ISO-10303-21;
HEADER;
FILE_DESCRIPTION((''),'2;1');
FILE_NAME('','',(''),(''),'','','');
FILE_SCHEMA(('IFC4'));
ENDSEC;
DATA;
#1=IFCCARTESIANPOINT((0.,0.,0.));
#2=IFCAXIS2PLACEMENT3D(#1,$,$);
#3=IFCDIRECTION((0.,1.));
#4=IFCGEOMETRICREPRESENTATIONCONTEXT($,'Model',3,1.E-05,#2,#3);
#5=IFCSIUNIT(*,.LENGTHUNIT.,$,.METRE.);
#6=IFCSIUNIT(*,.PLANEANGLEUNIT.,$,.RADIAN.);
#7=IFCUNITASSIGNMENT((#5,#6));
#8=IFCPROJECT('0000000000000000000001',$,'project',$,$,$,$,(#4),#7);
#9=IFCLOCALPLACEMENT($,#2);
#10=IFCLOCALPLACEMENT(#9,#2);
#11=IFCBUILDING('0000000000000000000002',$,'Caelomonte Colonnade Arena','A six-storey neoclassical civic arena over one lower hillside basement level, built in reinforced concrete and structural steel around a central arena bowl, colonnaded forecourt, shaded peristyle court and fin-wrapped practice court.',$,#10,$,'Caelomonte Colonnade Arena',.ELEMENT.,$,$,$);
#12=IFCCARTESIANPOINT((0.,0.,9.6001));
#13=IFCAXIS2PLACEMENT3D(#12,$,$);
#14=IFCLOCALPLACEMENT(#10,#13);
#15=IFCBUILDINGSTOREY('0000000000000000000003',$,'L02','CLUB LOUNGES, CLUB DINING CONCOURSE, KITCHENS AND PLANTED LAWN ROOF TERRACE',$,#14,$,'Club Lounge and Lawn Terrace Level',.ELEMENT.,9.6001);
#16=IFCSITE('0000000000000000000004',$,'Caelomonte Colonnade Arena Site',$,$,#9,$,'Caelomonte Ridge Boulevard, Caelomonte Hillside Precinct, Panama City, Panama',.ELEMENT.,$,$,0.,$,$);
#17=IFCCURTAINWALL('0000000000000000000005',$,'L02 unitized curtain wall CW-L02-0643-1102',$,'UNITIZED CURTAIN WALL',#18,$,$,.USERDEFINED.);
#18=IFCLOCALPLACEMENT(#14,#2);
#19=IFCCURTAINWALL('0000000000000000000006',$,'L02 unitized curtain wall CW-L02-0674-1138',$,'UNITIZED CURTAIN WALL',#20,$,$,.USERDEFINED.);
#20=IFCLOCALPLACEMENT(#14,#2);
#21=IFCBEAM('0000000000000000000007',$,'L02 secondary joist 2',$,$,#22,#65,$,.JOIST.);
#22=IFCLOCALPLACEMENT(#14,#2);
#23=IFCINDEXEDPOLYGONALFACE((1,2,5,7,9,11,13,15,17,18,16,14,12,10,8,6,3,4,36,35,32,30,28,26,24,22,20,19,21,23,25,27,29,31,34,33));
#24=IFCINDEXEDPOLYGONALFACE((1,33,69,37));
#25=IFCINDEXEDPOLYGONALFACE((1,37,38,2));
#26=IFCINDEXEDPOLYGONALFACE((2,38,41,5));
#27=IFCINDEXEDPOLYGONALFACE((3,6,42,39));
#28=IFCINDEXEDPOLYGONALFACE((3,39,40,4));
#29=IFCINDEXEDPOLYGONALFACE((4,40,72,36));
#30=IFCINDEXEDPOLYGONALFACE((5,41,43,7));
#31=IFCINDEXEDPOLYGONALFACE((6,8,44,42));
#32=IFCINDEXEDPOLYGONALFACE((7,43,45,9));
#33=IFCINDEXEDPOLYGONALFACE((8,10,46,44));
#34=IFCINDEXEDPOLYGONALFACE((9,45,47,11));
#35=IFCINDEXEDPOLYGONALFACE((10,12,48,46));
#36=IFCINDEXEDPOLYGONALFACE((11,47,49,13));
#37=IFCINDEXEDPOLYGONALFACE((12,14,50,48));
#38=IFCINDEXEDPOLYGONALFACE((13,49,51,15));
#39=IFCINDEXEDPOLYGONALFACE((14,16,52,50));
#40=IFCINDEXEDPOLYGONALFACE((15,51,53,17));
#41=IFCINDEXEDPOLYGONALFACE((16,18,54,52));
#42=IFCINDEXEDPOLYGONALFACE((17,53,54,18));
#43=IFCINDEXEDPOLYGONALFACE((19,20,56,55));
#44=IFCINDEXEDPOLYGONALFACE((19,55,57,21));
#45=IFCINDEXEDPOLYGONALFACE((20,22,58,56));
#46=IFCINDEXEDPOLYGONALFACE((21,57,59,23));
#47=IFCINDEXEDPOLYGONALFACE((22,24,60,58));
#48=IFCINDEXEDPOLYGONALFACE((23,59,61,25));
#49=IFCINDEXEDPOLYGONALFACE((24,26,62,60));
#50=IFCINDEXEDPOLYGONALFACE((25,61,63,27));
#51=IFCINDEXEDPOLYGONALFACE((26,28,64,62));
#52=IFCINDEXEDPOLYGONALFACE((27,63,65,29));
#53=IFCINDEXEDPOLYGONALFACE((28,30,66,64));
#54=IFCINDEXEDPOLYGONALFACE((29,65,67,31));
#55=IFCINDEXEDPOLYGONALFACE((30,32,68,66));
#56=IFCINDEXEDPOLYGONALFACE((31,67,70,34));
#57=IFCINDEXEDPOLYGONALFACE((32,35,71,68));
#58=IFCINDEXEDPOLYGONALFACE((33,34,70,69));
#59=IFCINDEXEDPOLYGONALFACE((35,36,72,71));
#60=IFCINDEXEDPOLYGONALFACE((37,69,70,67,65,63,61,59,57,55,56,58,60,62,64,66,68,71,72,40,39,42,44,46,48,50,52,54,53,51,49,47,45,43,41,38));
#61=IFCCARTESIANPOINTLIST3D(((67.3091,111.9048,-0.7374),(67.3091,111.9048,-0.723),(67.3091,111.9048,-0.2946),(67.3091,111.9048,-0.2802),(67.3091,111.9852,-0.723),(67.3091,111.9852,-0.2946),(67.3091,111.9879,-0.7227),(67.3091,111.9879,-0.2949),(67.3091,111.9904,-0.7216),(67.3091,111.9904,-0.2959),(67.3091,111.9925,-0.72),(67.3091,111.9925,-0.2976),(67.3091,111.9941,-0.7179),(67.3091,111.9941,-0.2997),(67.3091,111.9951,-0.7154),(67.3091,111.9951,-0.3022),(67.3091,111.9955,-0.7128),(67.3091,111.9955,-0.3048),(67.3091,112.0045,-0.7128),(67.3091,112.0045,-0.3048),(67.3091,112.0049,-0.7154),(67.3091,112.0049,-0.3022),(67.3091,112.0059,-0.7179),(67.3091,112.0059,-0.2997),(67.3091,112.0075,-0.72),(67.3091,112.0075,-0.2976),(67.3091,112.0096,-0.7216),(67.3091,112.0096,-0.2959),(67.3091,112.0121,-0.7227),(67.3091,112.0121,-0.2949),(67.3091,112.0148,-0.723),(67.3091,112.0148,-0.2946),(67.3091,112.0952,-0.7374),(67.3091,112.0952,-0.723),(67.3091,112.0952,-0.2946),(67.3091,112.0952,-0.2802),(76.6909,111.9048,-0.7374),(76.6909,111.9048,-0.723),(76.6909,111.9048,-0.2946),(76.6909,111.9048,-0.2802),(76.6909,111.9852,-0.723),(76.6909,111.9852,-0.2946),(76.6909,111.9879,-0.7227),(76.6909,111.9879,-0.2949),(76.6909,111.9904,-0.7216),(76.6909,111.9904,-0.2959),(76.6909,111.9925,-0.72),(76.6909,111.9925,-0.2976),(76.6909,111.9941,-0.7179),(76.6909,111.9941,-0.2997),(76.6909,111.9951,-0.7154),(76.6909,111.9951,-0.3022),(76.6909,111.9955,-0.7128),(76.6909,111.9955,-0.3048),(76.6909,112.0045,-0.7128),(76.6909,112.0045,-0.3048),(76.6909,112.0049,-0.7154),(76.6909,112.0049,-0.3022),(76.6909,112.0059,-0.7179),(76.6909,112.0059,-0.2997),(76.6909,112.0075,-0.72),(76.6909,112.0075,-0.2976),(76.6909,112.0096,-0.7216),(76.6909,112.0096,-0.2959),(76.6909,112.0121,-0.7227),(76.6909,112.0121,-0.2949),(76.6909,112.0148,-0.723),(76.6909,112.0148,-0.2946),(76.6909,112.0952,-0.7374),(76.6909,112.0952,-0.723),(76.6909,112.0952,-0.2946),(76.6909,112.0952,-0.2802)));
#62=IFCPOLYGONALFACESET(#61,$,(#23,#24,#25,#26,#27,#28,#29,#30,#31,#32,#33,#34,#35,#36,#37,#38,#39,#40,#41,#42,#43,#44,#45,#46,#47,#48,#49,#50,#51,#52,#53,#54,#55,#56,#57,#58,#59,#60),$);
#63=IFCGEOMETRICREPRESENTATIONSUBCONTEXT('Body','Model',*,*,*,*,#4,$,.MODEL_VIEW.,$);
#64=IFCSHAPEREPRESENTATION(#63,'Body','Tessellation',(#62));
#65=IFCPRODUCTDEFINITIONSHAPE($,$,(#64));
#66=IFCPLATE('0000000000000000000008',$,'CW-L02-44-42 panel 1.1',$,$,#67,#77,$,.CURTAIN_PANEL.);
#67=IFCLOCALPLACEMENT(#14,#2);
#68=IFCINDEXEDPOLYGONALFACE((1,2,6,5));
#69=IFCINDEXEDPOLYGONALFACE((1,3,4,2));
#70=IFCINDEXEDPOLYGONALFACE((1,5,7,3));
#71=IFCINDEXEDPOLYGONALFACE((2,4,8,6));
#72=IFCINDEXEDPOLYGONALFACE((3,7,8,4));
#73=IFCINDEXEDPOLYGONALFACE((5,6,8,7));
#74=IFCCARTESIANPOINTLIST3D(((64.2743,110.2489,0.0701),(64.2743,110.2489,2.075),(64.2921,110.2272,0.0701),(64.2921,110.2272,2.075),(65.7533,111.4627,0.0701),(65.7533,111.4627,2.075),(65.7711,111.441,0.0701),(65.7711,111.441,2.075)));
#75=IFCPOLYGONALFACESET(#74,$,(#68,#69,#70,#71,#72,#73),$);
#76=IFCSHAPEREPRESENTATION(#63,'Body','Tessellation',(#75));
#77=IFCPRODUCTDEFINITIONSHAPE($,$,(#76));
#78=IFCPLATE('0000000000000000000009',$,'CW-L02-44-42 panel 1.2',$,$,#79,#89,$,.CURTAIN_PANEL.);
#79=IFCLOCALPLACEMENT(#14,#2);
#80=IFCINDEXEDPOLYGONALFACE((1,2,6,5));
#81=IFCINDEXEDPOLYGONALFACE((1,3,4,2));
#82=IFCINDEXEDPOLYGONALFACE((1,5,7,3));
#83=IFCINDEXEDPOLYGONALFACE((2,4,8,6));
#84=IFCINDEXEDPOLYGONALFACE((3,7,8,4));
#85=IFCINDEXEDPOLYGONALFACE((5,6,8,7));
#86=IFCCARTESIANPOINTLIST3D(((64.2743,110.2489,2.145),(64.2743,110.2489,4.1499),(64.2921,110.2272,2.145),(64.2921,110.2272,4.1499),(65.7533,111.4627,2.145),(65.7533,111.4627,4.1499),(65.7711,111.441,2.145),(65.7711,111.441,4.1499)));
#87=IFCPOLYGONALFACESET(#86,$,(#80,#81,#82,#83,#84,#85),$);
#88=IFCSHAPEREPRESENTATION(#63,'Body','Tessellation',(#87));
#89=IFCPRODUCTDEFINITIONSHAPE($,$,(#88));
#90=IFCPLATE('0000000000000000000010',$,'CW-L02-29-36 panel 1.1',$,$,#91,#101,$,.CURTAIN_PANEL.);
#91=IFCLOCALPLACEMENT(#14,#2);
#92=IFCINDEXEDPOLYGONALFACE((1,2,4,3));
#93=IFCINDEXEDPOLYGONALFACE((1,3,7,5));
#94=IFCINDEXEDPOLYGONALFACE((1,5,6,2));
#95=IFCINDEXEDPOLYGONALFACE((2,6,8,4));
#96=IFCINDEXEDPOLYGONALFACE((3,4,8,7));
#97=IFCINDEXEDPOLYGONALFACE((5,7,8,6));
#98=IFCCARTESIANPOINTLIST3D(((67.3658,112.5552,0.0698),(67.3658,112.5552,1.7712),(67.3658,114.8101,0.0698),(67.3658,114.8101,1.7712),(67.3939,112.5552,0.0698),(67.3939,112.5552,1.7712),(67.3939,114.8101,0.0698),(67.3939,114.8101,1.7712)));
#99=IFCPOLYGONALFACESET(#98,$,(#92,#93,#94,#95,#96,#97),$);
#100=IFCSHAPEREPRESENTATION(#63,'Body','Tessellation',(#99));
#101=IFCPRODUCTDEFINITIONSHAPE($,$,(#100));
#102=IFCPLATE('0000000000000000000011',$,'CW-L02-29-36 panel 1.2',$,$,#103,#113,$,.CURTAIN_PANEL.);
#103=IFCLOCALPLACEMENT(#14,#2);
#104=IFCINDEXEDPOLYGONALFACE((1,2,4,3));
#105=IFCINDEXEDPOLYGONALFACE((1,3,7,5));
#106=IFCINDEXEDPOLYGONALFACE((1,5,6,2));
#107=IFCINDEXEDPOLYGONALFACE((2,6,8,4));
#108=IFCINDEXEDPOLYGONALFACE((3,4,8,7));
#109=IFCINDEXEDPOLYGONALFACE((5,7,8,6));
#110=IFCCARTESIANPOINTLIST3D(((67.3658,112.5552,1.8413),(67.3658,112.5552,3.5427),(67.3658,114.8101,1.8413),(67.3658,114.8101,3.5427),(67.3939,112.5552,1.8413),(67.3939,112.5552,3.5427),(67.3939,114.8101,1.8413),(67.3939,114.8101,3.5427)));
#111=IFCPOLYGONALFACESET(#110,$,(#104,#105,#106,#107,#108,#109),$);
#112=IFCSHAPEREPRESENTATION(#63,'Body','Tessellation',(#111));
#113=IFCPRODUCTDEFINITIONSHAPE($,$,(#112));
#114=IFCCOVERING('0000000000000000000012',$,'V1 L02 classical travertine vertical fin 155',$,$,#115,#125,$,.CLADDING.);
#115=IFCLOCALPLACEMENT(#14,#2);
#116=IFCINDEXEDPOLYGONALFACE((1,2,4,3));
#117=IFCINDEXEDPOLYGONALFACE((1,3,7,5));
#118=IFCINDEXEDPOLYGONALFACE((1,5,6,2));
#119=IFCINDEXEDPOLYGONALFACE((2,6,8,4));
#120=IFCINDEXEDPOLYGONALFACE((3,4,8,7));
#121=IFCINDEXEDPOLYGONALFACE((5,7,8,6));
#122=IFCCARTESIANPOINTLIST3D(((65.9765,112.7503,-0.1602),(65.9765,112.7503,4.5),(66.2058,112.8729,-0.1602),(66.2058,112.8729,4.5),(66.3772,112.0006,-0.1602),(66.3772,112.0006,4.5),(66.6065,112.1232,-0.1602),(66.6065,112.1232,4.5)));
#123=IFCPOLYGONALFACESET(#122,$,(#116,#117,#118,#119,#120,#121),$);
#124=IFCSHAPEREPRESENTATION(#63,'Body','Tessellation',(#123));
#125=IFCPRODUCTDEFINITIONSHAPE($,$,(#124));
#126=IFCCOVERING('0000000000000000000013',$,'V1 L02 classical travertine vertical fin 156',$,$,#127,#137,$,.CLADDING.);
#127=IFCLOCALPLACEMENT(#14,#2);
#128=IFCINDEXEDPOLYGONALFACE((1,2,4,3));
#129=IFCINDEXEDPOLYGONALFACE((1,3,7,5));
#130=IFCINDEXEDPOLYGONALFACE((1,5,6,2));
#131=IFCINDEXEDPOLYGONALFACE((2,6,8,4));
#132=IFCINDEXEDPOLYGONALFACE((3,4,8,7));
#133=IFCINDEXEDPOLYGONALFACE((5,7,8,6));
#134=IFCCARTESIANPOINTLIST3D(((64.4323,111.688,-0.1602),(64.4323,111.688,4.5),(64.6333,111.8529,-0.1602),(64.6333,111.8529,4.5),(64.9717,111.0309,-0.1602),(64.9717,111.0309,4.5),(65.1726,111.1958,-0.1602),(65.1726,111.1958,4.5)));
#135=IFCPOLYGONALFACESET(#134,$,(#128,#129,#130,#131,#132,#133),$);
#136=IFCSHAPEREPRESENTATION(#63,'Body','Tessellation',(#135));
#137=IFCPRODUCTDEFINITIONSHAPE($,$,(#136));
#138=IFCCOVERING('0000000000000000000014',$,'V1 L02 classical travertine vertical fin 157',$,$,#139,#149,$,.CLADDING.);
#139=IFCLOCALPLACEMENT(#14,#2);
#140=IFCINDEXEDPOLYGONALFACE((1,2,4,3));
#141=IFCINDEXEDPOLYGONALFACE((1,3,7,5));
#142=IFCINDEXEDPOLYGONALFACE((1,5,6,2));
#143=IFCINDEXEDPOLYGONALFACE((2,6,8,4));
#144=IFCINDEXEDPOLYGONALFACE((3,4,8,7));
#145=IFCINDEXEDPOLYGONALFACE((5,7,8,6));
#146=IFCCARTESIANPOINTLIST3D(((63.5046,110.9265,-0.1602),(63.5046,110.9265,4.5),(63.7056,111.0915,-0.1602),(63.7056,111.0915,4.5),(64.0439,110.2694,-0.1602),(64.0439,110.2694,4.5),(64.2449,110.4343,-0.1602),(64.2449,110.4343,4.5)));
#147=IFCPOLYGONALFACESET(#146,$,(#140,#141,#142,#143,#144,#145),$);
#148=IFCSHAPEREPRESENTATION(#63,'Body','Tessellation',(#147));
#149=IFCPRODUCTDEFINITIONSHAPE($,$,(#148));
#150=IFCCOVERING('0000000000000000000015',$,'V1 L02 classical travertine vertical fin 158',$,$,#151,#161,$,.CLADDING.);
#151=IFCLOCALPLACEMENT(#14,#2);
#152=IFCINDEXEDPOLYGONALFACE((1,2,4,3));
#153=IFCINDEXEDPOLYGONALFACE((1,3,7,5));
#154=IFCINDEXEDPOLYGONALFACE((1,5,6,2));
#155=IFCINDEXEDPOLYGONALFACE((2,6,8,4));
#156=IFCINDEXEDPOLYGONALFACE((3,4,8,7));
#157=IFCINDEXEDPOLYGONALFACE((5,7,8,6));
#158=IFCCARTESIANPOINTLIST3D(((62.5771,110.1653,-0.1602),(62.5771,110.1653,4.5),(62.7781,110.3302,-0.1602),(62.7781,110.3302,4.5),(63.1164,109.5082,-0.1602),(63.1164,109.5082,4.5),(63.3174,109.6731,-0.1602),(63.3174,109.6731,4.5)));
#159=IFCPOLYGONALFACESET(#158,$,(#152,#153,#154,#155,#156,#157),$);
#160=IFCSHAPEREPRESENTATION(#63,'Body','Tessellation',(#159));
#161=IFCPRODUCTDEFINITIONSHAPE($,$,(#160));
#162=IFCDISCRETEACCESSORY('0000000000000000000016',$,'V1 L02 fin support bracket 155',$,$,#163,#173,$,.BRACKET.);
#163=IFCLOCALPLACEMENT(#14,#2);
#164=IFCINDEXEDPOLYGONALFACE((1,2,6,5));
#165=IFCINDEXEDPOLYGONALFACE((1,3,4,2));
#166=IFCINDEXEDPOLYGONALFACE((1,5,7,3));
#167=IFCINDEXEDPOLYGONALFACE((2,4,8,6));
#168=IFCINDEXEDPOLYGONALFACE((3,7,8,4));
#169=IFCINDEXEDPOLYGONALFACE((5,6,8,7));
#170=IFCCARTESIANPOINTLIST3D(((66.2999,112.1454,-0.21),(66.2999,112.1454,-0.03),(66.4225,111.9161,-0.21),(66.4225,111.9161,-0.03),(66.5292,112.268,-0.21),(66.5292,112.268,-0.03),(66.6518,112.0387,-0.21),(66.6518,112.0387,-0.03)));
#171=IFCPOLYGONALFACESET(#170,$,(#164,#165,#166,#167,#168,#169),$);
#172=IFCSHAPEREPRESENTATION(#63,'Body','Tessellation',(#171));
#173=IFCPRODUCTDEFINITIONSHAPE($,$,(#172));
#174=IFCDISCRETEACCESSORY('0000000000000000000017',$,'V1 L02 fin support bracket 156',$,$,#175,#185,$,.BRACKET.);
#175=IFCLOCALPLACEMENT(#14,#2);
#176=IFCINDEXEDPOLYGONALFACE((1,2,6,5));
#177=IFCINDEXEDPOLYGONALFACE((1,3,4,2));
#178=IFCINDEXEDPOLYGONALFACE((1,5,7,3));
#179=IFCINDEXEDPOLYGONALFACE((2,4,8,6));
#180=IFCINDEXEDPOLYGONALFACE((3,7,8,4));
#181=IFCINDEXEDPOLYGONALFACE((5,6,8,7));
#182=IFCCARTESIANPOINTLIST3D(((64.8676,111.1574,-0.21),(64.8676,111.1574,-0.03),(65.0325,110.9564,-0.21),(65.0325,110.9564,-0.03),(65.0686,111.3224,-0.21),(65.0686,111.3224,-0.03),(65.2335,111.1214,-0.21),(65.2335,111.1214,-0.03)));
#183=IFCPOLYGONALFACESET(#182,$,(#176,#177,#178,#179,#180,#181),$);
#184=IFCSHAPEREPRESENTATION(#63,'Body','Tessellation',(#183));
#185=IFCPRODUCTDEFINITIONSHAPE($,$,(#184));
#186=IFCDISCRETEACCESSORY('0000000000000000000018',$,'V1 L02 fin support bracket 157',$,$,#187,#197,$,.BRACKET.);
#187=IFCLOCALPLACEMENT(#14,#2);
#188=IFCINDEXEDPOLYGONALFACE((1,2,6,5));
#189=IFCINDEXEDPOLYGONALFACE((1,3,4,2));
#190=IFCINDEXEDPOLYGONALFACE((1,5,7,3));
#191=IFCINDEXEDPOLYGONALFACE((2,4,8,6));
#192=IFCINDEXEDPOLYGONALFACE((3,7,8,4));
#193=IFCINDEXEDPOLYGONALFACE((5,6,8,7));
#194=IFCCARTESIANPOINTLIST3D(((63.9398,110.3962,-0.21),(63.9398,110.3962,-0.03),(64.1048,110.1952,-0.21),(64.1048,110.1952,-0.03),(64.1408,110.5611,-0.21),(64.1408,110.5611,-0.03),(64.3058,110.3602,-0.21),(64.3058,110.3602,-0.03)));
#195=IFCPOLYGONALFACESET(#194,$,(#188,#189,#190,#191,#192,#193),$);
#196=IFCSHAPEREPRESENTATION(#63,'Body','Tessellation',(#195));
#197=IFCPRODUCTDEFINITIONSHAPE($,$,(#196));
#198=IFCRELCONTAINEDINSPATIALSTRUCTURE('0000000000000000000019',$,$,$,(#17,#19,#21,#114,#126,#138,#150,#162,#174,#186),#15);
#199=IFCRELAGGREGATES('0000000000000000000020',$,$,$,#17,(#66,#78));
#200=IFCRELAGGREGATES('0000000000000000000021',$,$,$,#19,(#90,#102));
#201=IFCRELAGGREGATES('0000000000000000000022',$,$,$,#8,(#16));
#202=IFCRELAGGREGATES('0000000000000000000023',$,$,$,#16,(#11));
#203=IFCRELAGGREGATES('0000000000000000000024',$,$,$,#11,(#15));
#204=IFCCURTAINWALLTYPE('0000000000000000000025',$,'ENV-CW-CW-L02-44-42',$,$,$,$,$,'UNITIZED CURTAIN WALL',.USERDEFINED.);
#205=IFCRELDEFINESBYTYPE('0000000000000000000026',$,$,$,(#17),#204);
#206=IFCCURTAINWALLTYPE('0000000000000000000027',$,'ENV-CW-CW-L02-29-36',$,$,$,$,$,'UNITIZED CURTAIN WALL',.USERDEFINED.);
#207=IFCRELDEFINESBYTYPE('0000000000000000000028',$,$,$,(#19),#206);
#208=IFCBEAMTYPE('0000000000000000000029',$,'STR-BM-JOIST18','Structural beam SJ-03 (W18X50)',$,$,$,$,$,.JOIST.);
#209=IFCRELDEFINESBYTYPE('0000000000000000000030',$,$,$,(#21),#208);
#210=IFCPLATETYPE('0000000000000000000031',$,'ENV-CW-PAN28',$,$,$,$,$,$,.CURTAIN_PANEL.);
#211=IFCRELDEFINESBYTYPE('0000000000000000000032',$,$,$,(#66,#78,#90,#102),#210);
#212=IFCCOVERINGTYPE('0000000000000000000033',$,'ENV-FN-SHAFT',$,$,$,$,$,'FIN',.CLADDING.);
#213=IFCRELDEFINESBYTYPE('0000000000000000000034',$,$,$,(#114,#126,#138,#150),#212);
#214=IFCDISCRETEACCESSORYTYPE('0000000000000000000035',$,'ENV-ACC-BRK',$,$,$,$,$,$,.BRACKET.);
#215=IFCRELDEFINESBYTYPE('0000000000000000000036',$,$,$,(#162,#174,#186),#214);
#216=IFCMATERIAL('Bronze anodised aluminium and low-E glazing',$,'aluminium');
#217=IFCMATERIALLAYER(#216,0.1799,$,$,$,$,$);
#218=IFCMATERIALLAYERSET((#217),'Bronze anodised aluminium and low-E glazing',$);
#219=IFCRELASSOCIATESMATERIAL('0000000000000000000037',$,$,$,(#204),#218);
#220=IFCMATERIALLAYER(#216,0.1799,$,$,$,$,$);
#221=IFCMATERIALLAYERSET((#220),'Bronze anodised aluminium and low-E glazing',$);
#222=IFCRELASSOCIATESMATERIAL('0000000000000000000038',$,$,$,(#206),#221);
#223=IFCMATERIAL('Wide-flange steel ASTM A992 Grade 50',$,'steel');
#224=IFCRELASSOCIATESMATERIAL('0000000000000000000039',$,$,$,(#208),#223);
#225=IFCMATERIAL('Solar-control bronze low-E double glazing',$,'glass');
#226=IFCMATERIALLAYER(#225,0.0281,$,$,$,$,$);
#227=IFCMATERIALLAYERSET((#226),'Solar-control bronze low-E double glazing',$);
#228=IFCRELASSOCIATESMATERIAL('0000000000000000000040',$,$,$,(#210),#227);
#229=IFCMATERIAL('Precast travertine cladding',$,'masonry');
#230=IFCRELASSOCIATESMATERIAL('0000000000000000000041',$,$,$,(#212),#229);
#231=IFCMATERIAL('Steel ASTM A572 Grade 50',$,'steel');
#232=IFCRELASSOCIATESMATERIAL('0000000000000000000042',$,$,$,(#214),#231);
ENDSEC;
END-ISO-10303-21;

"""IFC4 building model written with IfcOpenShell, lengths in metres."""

from ifc_helpers import new_model, si_unit, direction, frame, origin, origin_2d, place, context, subcontext, project, spatial, rectangle, i_section, extrude, material, layer, layer_set, material_profile, profile_set, type_object, element, aggregate, save


model = new_model("IFC4")

# Units and contexts
model_context = context("Model", 3, precision=1e-05, world=origin(), true_north=direction((0.0, 1.0)))
body_context = subcontext(model_context, "Body", "Model", "MODEL_VIEW")
ifc_project = project(units=[si_unit("LENGTHUNIT", "METRE"), si_unit("PLANEANGLEUNIT", "RADIAN")], contexts=[model_context])

# Site, building, storey
site_placement = place(None, origin())
site = spatial("IfcSite", under=ifc_project, at=site_placement, Name="Caelomonte Colonnade Arena Site", LongName="Caelomonte Ridge Boulevard, Caelomonte Hillside Precinct, Panama City, Panama", CompositionType="ELEMENT", RefElevation=0.0)
building_placement = place(site_placement, origin())
building = spatial("IfcBuilding", under=site, at=building_placement, Name="Caelomonte Colonnade Arena", Description="A six-storey neoclassical civic arena over one lower hillside basement level, built in reinforced concrete and structural steel around a central arena bowl, colonnaded forecourt, shaded peristyle court and fin-wrapped practice court.", LongName="Caelomonte Colonnade Arena", CompositionType="ELEMENT")
storey_placement = place(building_placement, frame((0.0, 0.0, 9.6001)))
storey = spatial("IfcBuildingStorey", under=building, at=storey_placement, Name="L02", Description="CLUB LOUNGES, CLUB DINING CONCOURSE, KITCHENS AND PLANTED LAWN ROOF TERRACE", LongName="Club Lounge and Lawn Terrace Level", CompositionType="ELEMENT", Elevation=9.6001)

# Curtain wall
ifc_material_1 = material(Name="Bronze anodised aluminium and low-E glazing", Category="aluminium")
ifc_layer_1 = layer(ifc_material_1, 0.1799)
ifc_layer_set_1 = layer_set([ifc_layer_1], Name="Bronze anodised aluminium and low-E glazing")
curtain_wall_type_1 = type_object("IfcCurtainWallType", Name="ENV-CW-CW-L02-44-42", ElementType="UNITIZED CURTAIN WALL", PredefinedType="USERDEFINED", material=ifc_layer_set_1)
curtain_wall_1_placement = place(storey_placement, origin())
curtain_wall_1 = element("IfcCurtainWall", 1, at=curtain_wall_1_placement, inside=storey, type_object=curtain_wall_type_1, Name="L02 unitized curtain wall CW-L02-0643-1102", ObjectType="UNITIZED CURTAIN WALL", PredefinedType="USERDEFINED")

# Curtain wall
ifc_layer_2 = layer(ifc_material_1, 0.1799)
ifc_layer_set_2 = layer_set([ifc_layer_2], Name="Bronze anodised aluminium and low-E glazing")
curtain_wall_type_2 = type_object("IfcCurtainWallType", Name="ENV-CW-CW-L02-29-36", ElementType="UNITIZED CURTAIN WALL", PredefinedType="USERDEFINED", material=ifc_layer_set_2)
curtain_wall_2_placement = place(storey_placement, origin())
curtain_wall_2 = element("IfcCurtainWall", 2, at=curtain_wall_2_placement, inside=storey, type_object=curtain_wall_type_2, Name="L02 unitized curtain wall CW-L02-0674-1138", ObjectType="UNITIZED CURTAIN WALL", PredefinedType="USERDEFINED")

# Beam
ifc_material_2 = material(Name="Wide-flange steel ASTM A992 Grade 50", Category="steel")
ifc_material_profile_1 = material_profile(ifc_material_2, i_section(OverallWidth=0.1904, OverallDepth=0.4573, WebThickness=0.009, FlangeThickness=0.0144, FilletRadius=0.0103, at=origin_2d()), Name="W18X50")
ifc_profile_set_1 = profile_set([ifc_material_profile_1], Name="Wide-flange steel ASTM A992 Grade 50")
beam_type = type_object("IfcBeamType", Name="STR-BM-JOIST18", Description="Structural beam SJ-03 (W18X50)", PredefinedType="JOIST", material=ifc_profile_set_1)
beam_placement = place(storey_placement, frame((67.3091, 112.0, -0.5088), z_axis=(1.0, 0.0, 0.0), x_axis=(0.0, 1.0, 0.0)))
element("IfcBeam", 3, at=beam_placement, inside=storey, type_object=beam_type, Name="L02 secondary joist 2", PredefinedType="JOIST", context=body_context, shape_type="SweptSolid", body=[
    extrude(i_section(OverallWidth=0.1904, OverallDepth=0.4573, WebThickness=0.009, FlangeThickness=0.0144, FilletRadius=0.0103, at=origin_2d()), origin(), (0.0, 0.0, 1.0), 9.3818),
])

# Plates
ifc_material_3 = material(Name="Solar-control bronze low-E double glazing", Category="glass")
ifc_layer_3 = layer(ifc_material_3, 0.0281)
ifc_layer_set_3 = layer_set([ifc_layer_3], Name="Solar-control bronze low-E double glazing")
plate_type = type_object("IfcPlateType", Name="ENV-CW-PAN28", PredefinedType="CURTAIN_PANEL", material=ifc_layer_set_3)
plate_1_placement = place(storey_placement, frame((65.0227, 110.845, 0.0701), z_axis=(0.0, 0.0, 1.0), x_axis=(-0.772992, -0.634416, 0.0)))
plate_1 = element("IfcPlate", 4, at=plate_1_placement, type_object=plate_type, Name="CW-L02-44-42 panel 1.1", PredefinedType="CURTAIN_PANEL", context=body_context, shape_type="SweptSolid", body=[
    extrude(rectangle(XDim=1.9133, YDim=0.0281, at=origin_2d()), origin(), (0.0, 0.0, 1.0), 2.0049),
])
plate_2_placement = place(storey_placement, frame((65.0227, 110.845, 2.145), z_axis=(0.0, 0.0, 1.0), x_axis=(-0.772992, -0.634416, 0.0)))
plate_2 = element("IfcPlate", 5, at=plate_2_placement, type_object=plate_type, Name="CW-L02-44-42 panel 1.2", PredefinedType="CURTAIN_PANEL", context=body_context, shape_type="SweptSolid", body=[
    extrude(rectangle(XDim=1.9133, YDim=0.0281, at=origin_2d()), origin(), (0.0, 0.0, 1.0), 2.0049),
])
aggregate(curtain_wall_1, [plate_1, plate_2])
plate_3_placement = place(storey_placement, frame((67.3799, 113.6826, 0.0698), z_axis=(0.0, 0.0, 1.0), x_axis=(0.0, -1.0, 0.0)))
plate_3 = element("IfcPlate", 6, at=plate_3_placement, type_object=plate_type, Name="CW-L02-29-36 panel 1.1", PredefinedType="CURTAIN_PANEL", context=body_context, shape_type="SweptSolid", body=[
    extrude(rectangle(XDim=2.2549, YDim=0.0281, at=origin_2d()), origin(), (0.0, 0.0, 1.0), 1.7014),
])
plate_4_placement = place(storey_placement, frame((67.3799, 113.6826, 1.8413), z_axis=(0.0, 0.0, 1.0), x_axis=(0.0, -1.0, 0.0)))
plate_4 = element("IfcPlate", 7, at=plate_4_placement, type_object=plate_type, Name="CW-L02-29-36 panel 1.2", PredefinedType="CURTAIN_PANEL", context=body_context, shape_type="SweptSolid", body=[
    extrude(rectangle(XDim=2.2549, YDim=0.0281, at=origin_2d()), origin(), (0.0, 0.0, 1.0), 1.7014),
])
aggregate(curtain_wall_2, [plate_3, plate_4])

# Coverings
ifc_material_4 = material(Name="Precast travertine cladding", Category="masonry")
ifc_material_profile_2 = material_profile(ifc_material_4, rectangle(XDim=0.26, YDim=0.8501, at=origin_2d()), Name="FIN260X850")
ifc_profile_set_2 = profile_set([ifc_material_profile_2], Name="Precast travertine cladding")
covering_type = type_object("IfcCoveringType", Name="ENV-FN-SHAFT", ElementType="FIN", PredefinedType="CLADDING", material=ifc_profile_set_2)
for number, where, z_axis, x_axis, name in (
    (8, (66.2915, 112.4368, -0.1602), (0.0, 0.0, 1.0), (0.881921, 0.471397, 0.0), "V1 L02 classical travertine vertical fin 155"),
    (9, (64.8025, 111.4419, -0.1602), (0.0, 0.0, 1.0), (0.772994, 0.634414, 0.0), "V1 L02 classical travertine vertical fin 156"),
    (10, (63.8748, 110.6804, -0.1602), (0.0, 0.0, 1.0), (0.772994, 0.634414, 0.0), "V1 L02 classical travertine vertical fin 157"),
    (11, (62.9473, 109.9192, -0.1602), (0.0, 0.0, 1.0), (0.772994, 0.634414, 0.0), "V1 L02 classical travertine vertical fin 158"),
):
    element("IfcCovering", number, at=place(storey_placement, frame(where, z_axis=z_axis, x_axis=x_axis)), inside=storey, type_object=covering_type, Name=name, PredefinedType="CLADDING", context=body_context, shape_type="SweptSolid", body=[
        extrude(rectangle(XDim=0.26, YDim=0.8501, at=origin_2d()), origin(), (0.0, 0.0, 1.0), 4.6602),
    ])

# Discrete accessories
ifc_material_5 = material(Name="Steel ASTM A572 Grade 50", Category="steel")
discrete_accessory_type = type_object("IfcDiscreteAccessoryType", Name="ENV-ACC-BRK", PredefinedType="BRACKET", material=ifc_material_5)
for number, where, z_axis, x_axis, name in (
    (12, (66.4758, 112.092, -0.21), (0.0, 0.0, 1.0), (-0.881921, -0.471397, 0.0), "V1 L02 fin support bracket 155"),
    (13, (65.0505, 111.1394, -0.21), (0.0, 0.0, 1.0), (-0.772994, -0.634414, 0.0), "V1 L02 fin support bracket 156"),
    (14, (64.1228, 110.3782, -0.21), (0.0, 0.0, 1.0), (-0.772994, -0.634414, 0.0), "V1 L02 fin support bracket 157"),
):
    element("IfcDiscreteAccessory", number, at=place(storey_placement, frame(where, z_axis=z_axis, x_axis=x_axis)), inside=storey, type_object=discrete_accessory_type, Name=name, PredefinedType="BRACKET", context=body_context, shape_type="SweptSolid", body=[
        extrude(rectangle(XDim=0.26, YDim=0.26, at=origin_2d()), origin(), (0.0, 0.0, 1.0), 0.1799),
    ])

save(model, "model.ifc")
